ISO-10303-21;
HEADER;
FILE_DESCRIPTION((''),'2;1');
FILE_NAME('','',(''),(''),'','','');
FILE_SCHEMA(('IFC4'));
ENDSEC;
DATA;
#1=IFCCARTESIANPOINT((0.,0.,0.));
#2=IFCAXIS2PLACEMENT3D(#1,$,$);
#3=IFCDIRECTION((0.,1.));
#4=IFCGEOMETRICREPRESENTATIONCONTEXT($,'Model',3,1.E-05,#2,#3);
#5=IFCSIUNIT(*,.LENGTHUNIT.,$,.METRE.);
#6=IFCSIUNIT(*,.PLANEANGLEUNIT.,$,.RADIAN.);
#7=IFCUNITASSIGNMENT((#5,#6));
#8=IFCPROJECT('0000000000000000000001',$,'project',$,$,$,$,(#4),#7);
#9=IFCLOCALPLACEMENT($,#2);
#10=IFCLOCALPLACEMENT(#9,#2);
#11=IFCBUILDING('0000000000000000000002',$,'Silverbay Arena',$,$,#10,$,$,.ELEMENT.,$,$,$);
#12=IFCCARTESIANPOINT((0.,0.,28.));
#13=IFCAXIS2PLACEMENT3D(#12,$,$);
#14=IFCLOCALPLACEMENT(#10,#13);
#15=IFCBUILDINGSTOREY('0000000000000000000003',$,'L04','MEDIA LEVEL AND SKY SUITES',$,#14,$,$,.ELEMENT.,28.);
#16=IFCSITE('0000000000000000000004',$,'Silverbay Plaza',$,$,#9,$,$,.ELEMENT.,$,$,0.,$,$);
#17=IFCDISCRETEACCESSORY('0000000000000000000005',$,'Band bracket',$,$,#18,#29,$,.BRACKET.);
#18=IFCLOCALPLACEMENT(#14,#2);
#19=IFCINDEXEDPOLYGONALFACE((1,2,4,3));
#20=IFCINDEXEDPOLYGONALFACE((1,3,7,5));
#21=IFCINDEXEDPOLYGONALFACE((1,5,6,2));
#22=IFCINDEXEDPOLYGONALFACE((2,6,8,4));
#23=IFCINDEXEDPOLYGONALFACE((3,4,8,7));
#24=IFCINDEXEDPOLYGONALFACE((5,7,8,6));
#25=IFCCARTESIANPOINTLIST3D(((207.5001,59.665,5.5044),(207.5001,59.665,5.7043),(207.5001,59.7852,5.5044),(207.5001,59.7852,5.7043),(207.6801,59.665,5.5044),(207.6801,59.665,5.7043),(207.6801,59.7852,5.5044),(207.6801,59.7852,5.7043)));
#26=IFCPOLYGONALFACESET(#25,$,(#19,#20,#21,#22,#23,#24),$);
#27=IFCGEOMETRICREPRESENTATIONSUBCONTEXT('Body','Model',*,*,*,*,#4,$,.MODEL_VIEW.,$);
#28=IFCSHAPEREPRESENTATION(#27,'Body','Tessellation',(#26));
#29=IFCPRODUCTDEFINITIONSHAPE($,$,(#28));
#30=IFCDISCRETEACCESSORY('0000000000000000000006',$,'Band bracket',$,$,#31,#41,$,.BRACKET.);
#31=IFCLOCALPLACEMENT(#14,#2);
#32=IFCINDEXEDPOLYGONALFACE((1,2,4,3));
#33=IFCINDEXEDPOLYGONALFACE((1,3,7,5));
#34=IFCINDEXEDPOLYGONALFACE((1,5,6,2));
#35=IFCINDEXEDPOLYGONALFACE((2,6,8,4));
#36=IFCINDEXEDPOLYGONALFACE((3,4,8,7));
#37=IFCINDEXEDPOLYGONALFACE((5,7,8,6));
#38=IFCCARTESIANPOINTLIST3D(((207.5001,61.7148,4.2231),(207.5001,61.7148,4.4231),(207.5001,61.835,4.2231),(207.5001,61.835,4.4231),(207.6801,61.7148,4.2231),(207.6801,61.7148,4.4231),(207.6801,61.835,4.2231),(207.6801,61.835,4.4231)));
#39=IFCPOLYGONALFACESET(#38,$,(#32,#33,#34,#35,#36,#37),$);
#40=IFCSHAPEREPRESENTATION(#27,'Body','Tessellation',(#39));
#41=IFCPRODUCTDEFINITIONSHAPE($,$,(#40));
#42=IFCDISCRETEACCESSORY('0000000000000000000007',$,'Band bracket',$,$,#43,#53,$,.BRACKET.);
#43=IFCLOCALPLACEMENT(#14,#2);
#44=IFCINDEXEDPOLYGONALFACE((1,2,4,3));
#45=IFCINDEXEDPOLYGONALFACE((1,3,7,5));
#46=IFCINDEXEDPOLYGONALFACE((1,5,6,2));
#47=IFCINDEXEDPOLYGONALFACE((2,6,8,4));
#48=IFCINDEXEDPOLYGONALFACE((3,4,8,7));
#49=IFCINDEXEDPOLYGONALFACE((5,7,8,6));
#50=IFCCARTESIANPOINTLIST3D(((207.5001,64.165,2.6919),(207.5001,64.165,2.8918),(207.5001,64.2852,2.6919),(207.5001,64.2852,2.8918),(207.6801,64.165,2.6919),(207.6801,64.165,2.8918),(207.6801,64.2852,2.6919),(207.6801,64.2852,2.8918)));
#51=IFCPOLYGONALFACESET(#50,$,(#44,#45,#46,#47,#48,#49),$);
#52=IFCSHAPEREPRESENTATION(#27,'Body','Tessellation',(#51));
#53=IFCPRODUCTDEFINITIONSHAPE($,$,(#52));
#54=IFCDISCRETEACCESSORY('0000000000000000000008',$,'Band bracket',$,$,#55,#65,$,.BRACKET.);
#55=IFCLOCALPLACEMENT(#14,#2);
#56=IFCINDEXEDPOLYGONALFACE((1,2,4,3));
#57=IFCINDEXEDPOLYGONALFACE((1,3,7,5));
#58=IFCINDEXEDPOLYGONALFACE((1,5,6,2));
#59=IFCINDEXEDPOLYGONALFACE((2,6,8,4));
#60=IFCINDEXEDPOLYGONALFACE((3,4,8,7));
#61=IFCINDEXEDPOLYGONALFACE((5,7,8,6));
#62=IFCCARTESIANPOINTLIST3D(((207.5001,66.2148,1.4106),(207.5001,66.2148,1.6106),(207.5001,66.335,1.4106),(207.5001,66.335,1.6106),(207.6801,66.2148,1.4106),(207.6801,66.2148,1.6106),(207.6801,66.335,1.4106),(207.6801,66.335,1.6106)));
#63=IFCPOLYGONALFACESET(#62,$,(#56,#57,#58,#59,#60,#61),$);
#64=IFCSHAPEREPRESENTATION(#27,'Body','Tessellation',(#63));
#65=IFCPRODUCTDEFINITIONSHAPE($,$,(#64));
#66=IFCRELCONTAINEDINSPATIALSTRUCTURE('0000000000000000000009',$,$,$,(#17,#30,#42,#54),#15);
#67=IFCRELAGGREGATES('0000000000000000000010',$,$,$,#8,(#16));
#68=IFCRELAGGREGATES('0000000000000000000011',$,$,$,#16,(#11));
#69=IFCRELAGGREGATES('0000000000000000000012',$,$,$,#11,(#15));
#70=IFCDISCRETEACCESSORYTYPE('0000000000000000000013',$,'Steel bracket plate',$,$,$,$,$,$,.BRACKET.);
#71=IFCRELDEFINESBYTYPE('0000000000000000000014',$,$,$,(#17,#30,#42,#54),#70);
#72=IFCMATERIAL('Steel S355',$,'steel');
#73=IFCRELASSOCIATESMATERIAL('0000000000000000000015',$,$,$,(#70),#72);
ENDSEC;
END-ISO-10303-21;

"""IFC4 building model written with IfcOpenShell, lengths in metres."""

from ifc_helpers import new_model, si_unit, direction, frame, origin, origin_2d, place, context, subcontext, project, spatial, rectangle, extrude, material, type_object, element, save


model = new_model("IFC4")

# Units and contexts
model_context = context("Model", 3, precision=1e-05, world=origin(), true_north=direction((0.0, 1.0)))
body_context = subcontext(model_context, "Body", "Model", "MODEL_VIEW")
ifc_project = project(units=[si_unit("LENGTHUNIT", "METRE"), si_unit("PLANEANGLEUNIT", "RADIAN")], contexts=[model_context])

# Site, building, storey
site_placement = place(None, origin())
site = spatial("IfcSite", under=ifc_project, at=site_placement, Name="Silverbay Plaza", CompositionType="ELEMENT", RefElevation=0.0)
building_placement = place(site_placement, origin())
building = spatial("IfcBuilding", under=site, at=building_placement, Name="Silverbay Arena", CompositionType="ELEMENT")
storey_placement = place(building_placement, frame((0.0, 0.0, 28.0)))
storey = spatial("IfcBuildingStorey", under=building, at=storey_placement, Name="L04", Description="MEDIA LEVEL AND SKY SUITES", CompositionType="ELEMENT", Elevation=28.0)

# Discrete accessories
ifc_material_1 = material(Name="Steel S355", Category="steel")
discrete_accessory_type = type_object("IfcDiscreteAccessoryType", Name="Steel bracket plate", PredefinedType="BRACKET", material=ifc_material_1)
for number, where, z_axis, x_axis, name in (
    (1, (207.5901, 59.7251, 5.5044), (0.0, 0.0, 1.0), (1.0, 0.0, 0.0), "Band bracket"),
    (2, (207.5901, 61.7749, 4.2231), (0.0, 0.0, 1.0), (1.0, 0.0, 0.0), "Band bracket"),
    (3, (207.5901, 64.2251, 2.6919), (0.0, 0.0, 1.0), (1.0, 0.0, 0.0), "Band bracket"),
    (4, (207.5901, 66.2749, 1.4106), (0.0, 0.0, 1.0), (1.0, 0.0, 0.0), "Band bracket"),
):
    element("IfcDiscreteAccessory", number, at=place(storey_placement, frame(where, z_axis=z_axis, x_axis=x_axis)), inside=storey, type_object=discrete_accessory_type, Name=name, PredefinedType="BRACKET", context=body_context, shape_type="SweptSolid", body=[
        extrude(rectangle(XDim=0.1799, YDim=0.1201, at=origin_2d()), origin(), (0.0, 0.0, 1.0), 0.2),
    ])

save(model, "model.ifc")
